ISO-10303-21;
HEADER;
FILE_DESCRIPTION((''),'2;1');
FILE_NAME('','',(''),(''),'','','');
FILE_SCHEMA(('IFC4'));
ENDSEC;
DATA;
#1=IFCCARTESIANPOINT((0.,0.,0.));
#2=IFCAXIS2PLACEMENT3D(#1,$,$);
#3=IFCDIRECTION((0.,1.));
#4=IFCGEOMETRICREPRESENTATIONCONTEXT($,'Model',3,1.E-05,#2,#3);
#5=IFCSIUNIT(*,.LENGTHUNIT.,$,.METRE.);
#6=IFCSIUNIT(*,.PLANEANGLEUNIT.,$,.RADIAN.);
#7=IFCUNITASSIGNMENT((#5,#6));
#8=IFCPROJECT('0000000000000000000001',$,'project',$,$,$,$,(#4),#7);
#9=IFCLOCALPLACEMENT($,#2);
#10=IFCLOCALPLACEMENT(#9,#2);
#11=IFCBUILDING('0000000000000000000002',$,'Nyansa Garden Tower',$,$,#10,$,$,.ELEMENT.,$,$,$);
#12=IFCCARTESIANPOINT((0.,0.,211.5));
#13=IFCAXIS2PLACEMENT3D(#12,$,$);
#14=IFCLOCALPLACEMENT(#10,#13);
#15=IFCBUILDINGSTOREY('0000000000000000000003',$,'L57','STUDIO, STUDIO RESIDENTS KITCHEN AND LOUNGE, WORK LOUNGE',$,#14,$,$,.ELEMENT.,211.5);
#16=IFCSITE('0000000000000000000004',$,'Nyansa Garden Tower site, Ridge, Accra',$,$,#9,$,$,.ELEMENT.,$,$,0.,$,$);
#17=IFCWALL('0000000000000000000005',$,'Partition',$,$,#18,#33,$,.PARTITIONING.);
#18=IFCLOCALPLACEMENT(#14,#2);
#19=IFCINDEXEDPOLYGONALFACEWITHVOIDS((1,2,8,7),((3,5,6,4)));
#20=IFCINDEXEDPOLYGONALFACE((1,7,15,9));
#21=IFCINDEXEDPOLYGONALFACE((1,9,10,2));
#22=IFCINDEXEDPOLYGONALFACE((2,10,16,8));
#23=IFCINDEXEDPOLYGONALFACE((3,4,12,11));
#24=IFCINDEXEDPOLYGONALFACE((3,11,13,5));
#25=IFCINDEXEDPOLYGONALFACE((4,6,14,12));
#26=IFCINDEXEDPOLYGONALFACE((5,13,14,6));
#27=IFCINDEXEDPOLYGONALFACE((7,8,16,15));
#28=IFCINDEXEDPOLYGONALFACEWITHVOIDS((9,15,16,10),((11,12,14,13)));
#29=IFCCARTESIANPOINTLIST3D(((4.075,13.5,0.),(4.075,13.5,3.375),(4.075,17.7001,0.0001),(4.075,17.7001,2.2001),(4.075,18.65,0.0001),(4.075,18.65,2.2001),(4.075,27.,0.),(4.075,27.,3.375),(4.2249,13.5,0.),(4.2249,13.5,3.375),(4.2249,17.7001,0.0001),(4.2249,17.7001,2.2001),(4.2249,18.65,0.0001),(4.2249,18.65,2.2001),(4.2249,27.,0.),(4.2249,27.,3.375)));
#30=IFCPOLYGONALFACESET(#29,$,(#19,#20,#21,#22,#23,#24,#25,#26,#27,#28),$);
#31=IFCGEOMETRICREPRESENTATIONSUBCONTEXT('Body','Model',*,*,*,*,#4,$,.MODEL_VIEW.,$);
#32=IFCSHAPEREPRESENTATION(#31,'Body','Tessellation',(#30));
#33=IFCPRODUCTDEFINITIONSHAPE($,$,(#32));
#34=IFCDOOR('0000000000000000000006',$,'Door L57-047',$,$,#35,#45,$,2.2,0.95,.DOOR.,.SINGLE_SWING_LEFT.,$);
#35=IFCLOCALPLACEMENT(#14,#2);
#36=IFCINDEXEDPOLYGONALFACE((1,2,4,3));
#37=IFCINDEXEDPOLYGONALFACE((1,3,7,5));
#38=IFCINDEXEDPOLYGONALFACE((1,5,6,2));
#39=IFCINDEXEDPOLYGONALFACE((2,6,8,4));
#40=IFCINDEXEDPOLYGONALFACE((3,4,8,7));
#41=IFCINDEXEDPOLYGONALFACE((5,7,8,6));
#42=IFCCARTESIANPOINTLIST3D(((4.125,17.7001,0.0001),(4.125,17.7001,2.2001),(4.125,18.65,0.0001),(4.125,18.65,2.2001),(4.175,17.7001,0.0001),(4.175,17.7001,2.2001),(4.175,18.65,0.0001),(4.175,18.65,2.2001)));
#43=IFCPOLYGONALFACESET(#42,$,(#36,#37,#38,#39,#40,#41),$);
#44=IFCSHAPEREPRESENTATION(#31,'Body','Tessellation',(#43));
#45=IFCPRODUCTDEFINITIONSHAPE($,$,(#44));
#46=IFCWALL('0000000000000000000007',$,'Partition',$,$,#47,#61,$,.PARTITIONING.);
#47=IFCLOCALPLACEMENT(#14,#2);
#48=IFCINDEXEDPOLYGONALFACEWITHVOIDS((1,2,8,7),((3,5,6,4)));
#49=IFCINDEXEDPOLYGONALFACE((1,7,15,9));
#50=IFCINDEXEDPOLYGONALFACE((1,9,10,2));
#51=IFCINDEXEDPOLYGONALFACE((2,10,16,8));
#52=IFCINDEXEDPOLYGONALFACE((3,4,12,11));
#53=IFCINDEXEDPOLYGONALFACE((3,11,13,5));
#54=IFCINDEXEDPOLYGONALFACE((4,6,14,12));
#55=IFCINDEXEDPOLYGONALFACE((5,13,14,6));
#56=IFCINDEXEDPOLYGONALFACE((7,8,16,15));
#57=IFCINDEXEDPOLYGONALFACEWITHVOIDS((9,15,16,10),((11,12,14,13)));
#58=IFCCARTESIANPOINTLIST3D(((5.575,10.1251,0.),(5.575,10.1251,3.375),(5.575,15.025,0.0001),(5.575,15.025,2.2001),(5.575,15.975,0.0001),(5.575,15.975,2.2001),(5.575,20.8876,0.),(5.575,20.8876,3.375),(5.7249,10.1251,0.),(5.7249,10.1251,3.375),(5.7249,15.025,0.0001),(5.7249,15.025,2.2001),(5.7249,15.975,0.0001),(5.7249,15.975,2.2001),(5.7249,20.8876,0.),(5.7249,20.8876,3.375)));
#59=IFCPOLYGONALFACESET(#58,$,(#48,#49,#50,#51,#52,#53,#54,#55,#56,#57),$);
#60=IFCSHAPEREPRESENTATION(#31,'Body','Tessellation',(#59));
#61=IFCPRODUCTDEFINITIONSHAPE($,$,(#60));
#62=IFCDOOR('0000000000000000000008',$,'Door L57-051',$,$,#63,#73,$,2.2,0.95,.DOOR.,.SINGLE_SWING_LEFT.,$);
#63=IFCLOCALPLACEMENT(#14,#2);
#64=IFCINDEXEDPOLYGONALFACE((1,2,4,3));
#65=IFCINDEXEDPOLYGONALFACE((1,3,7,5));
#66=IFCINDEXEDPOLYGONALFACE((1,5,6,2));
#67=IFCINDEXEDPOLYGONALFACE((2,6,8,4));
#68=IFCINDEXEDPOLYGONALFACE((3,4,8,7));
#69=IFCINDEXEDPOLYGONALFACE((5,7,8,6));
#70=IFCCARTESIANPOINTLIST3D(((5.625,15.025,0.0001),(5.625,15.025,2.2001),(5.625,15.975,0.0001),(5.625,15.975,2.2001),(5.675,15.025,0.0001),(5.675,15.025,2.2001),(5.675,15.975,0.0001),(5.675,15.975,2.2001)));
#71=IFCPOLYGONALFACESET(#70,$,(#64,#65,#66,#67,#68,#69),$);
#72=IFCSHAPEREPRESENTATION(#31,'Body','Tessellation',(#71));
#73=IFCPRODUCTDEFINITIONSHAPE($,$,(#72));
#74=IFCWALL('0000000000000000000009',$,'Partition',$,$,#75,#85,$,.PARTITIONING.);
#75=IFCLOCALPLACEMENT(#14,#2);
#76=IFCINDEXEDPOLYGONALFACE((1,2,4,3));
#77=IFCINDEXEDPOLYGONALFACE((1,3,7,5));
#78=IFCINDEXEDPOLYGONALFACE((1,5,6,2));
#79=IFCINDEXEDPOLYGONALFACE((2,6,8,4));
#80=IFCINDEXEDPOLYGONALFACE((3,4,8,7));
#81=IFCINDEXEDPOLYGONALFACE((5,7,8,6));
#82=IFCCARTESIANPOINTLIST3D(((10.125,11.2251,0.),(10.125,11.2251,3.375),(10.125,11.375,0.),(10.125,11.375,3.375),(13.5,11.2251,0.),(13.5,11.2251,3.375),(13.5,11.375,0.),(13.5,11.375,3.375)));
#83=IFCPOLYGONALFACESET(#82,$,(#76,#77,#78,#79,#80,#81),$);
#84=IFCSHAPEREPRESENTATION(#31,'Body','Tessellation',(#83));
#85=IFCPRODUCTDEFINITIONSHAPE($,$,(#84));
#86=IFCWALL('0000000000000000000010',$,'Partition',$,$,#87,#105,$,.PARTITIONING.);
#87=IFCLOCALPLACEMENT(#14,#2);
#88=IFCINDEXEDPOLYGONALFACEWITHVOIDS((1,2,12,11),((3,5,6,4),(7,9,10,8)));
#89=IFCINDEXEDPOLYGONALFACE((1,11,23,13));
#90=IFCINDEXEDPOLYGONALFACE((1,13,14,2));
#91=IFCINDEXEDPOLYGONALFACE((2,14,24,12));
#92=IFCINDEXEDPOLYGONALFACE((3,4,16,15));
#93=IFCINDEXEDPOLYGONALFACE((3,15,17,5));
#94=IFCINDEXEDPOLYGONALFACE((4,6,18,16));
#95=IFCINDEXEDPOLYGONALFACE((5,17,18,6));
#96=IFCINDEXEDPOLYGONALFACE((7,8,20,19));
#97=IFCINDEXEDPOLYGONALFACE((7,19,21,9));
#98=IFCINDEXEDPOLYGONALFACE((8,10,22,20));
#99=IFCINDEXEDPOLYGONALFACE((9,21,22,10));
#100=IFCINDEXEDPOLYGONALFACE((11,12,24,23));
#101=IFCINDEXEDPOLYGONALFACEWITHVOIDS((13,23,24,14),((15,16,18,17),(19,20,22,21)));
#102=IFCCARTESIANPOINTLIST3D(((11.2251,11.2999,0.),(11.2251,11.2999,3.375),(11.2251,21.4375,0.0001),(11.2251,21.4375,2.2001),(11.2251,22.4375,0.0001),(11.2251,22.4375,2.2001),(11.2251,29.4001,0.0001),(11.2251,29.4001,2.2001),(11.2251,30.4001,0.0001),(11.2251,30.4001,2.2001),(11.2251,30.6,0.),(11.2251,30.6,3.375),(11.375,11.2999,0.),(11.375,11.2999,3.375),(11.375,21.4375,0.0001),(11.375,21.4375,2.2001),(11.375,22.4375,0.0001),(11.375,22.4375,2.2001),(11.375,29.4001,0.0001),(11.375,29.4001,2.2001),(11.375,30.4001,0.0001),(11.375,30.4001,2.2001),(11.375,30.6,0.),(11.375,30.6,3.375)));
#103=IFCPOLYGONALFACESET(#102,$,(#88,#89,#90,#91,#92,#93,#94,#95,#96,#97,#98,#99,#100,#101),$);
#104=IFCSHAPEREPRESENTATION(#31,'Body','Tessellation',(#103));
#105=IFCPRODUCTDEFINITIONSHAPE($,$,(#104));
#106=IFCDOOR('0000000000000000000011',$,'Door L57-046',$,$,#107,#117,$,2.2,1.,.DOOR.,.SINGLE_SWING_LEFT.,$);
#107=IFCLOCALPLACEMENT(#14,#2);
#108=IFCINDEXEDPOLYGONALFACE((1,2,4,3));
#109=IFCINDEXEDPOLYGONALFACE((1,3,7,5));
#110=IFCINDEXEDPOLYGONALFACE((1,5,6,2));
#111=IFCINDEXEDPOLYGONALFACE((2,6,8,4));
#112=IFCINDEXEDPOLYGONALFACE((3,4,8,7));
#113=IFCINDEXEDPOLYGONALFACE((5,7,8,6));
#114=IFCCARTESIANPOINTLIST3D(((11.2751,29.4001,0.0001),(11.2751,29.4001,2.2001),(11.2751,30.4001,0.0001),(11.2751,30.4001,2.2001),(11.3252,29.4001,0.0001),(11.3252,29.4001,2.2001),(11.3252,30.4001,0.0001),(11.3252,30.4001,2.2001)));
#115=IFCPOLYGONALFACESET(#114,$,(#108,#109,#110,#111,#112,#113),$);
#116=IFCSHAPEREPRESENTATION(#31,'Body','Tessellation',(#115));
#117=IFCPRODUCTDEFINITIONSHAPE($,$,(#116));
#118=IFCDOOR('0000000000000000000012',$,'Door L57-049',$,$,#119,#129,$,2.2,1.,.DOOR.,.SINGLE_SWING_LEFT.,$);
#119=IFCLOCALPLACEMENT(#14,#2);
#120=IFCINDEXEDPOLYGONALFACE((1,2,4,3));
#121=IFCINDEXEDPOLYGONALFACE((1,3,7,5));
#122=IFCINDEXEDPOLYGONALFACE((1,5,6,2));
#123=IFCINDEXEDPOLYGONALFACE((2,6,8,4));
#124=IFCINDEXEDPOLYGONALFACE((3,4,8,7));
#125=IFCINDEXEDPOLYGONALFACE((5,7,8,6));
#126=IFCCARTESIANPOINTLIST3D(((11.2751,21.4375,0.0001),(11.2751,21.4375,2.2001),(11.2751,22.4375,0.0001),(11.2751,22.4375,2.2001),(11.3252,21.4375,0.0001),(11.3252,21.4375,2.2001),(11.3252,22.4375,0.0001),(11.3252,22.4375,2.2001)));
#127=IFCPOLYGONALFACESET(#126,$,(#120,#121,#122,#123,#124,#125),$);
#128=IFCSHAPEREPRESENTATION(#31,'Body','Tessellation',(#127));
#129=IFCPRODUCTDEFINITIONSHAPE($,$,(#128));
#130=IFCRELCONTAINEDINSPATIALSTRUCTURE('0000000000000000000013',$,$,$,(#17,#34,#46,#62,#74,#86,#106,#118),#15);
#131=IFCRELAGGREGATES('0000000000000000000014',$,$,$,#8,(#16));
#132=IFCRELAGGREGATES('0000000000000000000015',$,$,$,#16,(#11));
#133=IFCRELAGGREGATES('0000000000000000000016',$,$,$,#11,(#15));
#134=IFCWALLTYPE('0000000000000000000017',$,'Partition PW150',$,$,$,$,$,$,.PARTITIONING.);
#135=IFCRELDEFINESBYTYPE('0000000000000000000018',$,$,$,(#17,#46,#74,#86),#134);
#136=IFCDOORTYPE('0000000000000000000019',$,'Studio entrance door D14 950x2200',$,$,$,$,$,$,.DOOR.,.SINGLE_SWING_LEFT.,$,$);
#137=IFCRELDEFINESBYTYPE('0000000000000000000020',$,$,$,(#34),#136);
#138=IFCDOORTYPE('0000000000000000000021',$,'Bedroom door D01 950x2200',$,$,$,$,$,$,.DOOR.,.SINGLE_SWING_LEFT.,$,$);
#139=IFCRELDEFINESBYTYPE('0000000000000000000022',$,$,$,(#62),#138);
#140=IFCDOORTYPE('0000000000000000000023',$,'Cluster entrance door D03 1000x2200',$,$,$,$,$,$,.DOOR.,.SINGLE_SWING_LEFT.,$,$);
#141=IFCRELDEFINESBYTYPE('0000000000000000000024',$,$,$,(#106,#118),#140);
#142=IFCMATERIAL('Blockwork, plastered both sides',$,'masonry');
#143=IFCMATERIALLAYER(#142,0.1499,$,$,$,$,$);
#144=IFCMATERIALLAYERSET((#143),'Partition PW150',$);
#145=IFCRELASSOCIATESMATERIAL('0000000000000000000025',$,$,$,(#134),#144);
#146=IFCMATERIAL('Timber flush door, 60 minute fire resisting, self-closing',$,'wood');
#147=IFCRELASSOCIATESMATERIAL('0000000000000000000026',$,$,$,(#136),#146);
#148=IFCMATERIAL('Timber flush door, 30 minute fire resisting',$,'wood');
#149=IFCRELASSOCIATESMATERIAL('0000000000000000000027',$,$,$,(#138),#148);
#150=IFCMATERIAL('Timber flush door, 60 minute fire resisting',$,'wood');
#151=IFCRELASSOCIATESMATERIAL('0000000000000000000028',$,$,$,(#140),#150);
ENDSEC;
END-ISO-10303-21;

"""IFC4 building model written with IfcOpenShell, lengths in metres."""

from ifc_helpers import new_model, si_unit, direction, frame, frame_2d, origin, place, context, subcontext, project, spatial, rectangle, extrude, material, layer, layer_set, type_object, element, fill, save


model = new_model("IFC4")

# Units and contexts
model_context = context("Model", 3, precision=1e-05, world=origin(), true_north=direction((0.0, 1.0)))
body_context = subcontext(model_context, "Body", "Model", "MODEL_VIEW")
ifc_project = project(units=[si_unit("LENGTHUNIT", "METRE"), si_unit("PLANEANGLEUNIT", "RADIAN")], contexts=[model_context])

# Site, building, storey
site_placement = place(None, origin())
site = spatial("IfcSite", under=ifc_project, at=site_placement, Name="Nyansa Garden Tower site, Ridge, Accra", CompositionType="ELEMENT", RefElevation=0.0)
building_placement = place(site_placement, origin())
building = spatial("IfcBuilding", under=site, at=building_placement, Name="Nyansa Garden Tower", CompositionType="ELEMENT")
storey_placement = place(building_placement, frame((0.0, 0.0, 211.5)))
storey = spatial("IfcBuildingStorey", under=building, at=storey_placement, Name="L57", Description="STUDIO, STUDIO RESIDENTS KITCHEN AND LOUNGE, WORK LOUNGE", CompositionType="ELEMENT", Elevation=211.5)

# Walls, openings, doors
ifc_material_1 = material(Name="Blockwork, plastered both sides", Category="masonry")
ifc_layer = layer(ifc_material_1, 0.1499)
ifc_layer_set = layer_set([ifc_layer], Name="Partition PW150")
wall_type = type_object("IfcWallType", Name="Partition PW150", PredefinedType="PARTITIONING", material=ifc_layer_set)
wall_1_placement = place(storey_placement, frame((4.1499, 13.5, 0.0), z_axis=(0.0, 0.0, 1.0), x_axis=(0.0, 1.0, 0.0)))
wall_1 = element("IfcWall", 1, at=wall_1_placement, inside=storey, type_object=wall_type, Name="Partition", PredefinedType="PARTITIONING", context=body_context, shape_type="SweptSolid", body=[
    extrude(rectangle(XDim=13.5, YDim=0.1499, at=frame_2d((6.75, 0.0))), origin(), (0.0, 0.0, 1.0), 3.375),
])
opening_1_placement = place(wall_1_placement, frame((4.2, 0.0, 0.0)))
opening_1 = element("IfcOpeningElement", 2, at=opening_1_placement, cuts=wall_1, PredefinedType="OPENING", context=body_context, shape_type="SweptSolid", body=[
    extrude(rectangle(XDim=0.95, YDim=2.2, at=frame_2d((0.4751, 1.1001))), frame((0.0, 0.085, 0.0), z_axis=(0.0, -1.0, 0.0), x_axis=(1.0, 0.0, 0.0)), (0.0, 0.0, 1.0), 0.1699),
])
ifc_material_2 = material(Name="Timber flush door, 60 minute fire resisting, self-closing", Category="wood")
door_type_1 = type_object("IfcDoorType", Name="Studio entrance door D14 950x2200", OperationType="SINGLE_SWING_LEFT", PredefinedType="DOOR", material=ifc_material_2)
door_1_placement = place(opening_1_placement, origin())
door_1 = element("IfcDoor", 3, at=door_1_placement, inside=storey, type_object=door_type_1, Name="Door L57-047", OperationType="SINGLE_SWING_LEFT", OverallHeight=2.2, OverallWidth=0.95, PredefinedType="DOOR", context=body_context, shape_type="SweptSolid", body=[
    extrude(rectangle(XDim=0.95, YDim=2.2, at=frame_2d((0.4751, 1.1001))), frame((0.0, 0.0249, 0.0), z_axis=(0.0, -1.0, 0.0), x_axis=(1.0, 0.0, 0.0)), (0.0, 0.0, 1.0), 0.05),
])
fill(opening_1, door_1)
wall_2_placement = place(storey_placement, frame((5.6499, 10.125, 0.0), z_axis=(0.0, 0.0, 1.0), x_axis=(0.0, 1.0, 0.0)))
wall_2 = element("IfcWall", 4, at=wall_2_placement, inside=storey, type_object=wall_type, Name="Partition", PredefinedType="PARTITIONING", context=body_context, shape_type="SweptSolid", body=[
    extrude(rectangle(XDim=10.7625, YDim=0.1499, at=frame_2d((5.3813, 0.0))), origin(), (0.0, 0.0, 1.0), 3.375),
])
opening_2_placement = place(wall_2_placement, frame((4.8999, 0.0, 0.0)))
opening_2 = element("IfcOpeningElement", 5, at=opening_2_placement, cuts=wall_2, PredefinedType="OPENING", context=body_context, shape_type="SweptSolid", body=[
    extrude(rectangle(XDim=0.95, YDim=2.2, at=frame_2d((0.4751, 1.1001))), frame((0.0, 0.085, 0.0), z_axis=(0.0, -1.0, 0.0), x_axis=(1.0, 0.0, 0.0)), (0.0, 0.0, 1.0), 0.1699),
])
ifc_material_3 = material(Name="Timber flush door, 30 minute fire resisting", Category="wood")
door_type_2 = type_object("IfcDoorType", Name="Bedroom door D01 950x2200", OperationType="SINGLE_SWING_LEFT", PredefinedType="DOOR", material=ifc_material_3)
door_2_placement = place(opening_2_placement, origin())
door_2 = element("IfcDoor", 6, at=door_2_placement, inside=storey, type_object=door_type_2, Name="Door L57-051", OperationType="SINGLE_SWING_LEFT", OverallHeight=2.2, OverallWidth=0.95, PredefinedType="DOOR", context=body_context, shape_type="SweptSolid", body=[
    extrude(rectangle(XDim=0.95, YDim=2.2, at=frame_2d((0.4751, 1.1001))), frame((0.0, 0.0249, 0.0), z_axis=(0.0, -1.0, 0.0), x_axis=(1.0, 0.0, 0.0)), (0.0, 0.0, 1.0), 0.05),
])
fill(opening_2, door_2)

# Wall
wall_3_placement = place(storey_placement, frame((10.125, 11.3, 0.0), z_axis=(0.0, 0.0, 1.0), x_axis=(1.0, 0.0, 0.0)))
element("IfcWall", 7, at=wall_3_placement, inside=storey, type_object=wall_type, Name="Partition", PredefinedType="PARTITIONING", context=body_context, shape_type="SweptSolid", body=[
    extrude(rectangle(XDim=3.375, YDim=0.1499, at=frame_2d((1.6875, 0.0))), origin(), (0.0, 0.0, 1.0), 3.375),
])

# Wall, openings, doors
wall_4_placement = place(storey_placement, frame((11.3, 11.3, 0.0), z_axis=(0.0, 0.0, 1.0), x_axis=(0.0, 1.0, 0.0)))
wall_4 = element("IfcWall", 8, at=wall_4_placement, inside=storey, type_object=wall_type, Name="Partition", PredefinedType="PARTITIONING", context=body_context, shape_type="SweptSolid", body=[
    extrude(rectangle(XDim=19.3, YDim=0.1499, at=frame_2d((9.6499, 0.0))), origin(), (0.0, 0.0, 1.0), 3.375),
])
opening_3_placement = place(wall_4_placement, frame((18.1001, 0.0, 0.0)))
opening_3 = element("IfcOpeningElement", 9, at=opening_3_placement, cuts=wall_4, PredefinedType="OPENING", context=body_context, shape_type="SweptSolid", body=[
    extrude(rectangle(XDim=1.0, YDim=2.2, at=frame_2d((0.5, 1.1001))), frame((0.0, 0.085, 0.0), z_axis=(0.0, -1.0, 0.0), x_axis=(1.0, 0.0, 0.0)), (0.0, 0.0, 1.0), 0.1699),
])
opening_4_placement = place(wall_4_placement, frame((10.1375, 0.0, 0.0)))
opening_4 = element("IfcOpeningElement", 10, at=opening_4_placement, cuts=wall_4, PredefinedType="OPENING", context=body_context, shape_type="SweptSolid", body=[
    extrude(rectangle(XDim=1.0, YDim=2.2, at=frame_2d((0.5, 1.1001))), frame((0.0, 0.085, 0.0), z_axis=(0.0, -1.0, 0.0), x_axis=(1.0, 0.0, 0.0)), (0.0, 0.0, 1.0), 0.1699),
])
ifc_material_4 = material(Name="Timber flush door, 60 minute fire resisting", Category="wood")
door_type_3 = type_object("IfcDoorType", Name="Cluster entrance door D03 1000x2200", OperationType="SINGLE_SWING_LEFT", PredefinedType="DOOR", material=ifc_material_4)
door_3_placement = place(opening_3_placement, origin())
door_3 = element("IfcDoor", 11, at=door_3_placement, inside=storey, type_object=door_type_3, Name="Door L57-046", OperationType="SINGLE_SWING_LEFT", OverallHeight=2.2, OverallWidth=1.0, PredefinedType="DOOR", context=body_context, shape_type="SweptSolid", body=[
    extrude(rectangle(XDim=1.0, YDim=2.2, at=frame_2d((0.5, 1.1001))), frame((0.0, 0.0249, 0.0), z_axis=(0.0, -1.0, 0.0), x_axis=(1.0, 0.0, 0.0)), (0.0, 0.0, 1.0), 0.05),
])
fill(opening_3, door_3)
door_4_placement = place(opening_4_placement, origin())
door_4 = element("IfcDoor", 12, at=door_4_placement, inside=storey, type_object=door_type_3, Name="Door L57-049", OperationType="SINGLE_SWING_LEFT", OverallHeight=2.2, OverallWidth=1.0, PredefinedType="DOOR", context=body_context, shape_type="SweptSolid", body=[
    extrude(rectangle(XDim=1.0, YDim=2.2, at=frame_2d((0.5, 1.1001))), frame((0.0, 0.0249, 0.0), z_axis=(0.0, -1.0, 0.0), x_axis=(1.0, 0.0, 0.0)), (0.0, 0.0, 1.0), 0.05),
])
fill(opening_4, door_4)

save(model, "model.ifc")
